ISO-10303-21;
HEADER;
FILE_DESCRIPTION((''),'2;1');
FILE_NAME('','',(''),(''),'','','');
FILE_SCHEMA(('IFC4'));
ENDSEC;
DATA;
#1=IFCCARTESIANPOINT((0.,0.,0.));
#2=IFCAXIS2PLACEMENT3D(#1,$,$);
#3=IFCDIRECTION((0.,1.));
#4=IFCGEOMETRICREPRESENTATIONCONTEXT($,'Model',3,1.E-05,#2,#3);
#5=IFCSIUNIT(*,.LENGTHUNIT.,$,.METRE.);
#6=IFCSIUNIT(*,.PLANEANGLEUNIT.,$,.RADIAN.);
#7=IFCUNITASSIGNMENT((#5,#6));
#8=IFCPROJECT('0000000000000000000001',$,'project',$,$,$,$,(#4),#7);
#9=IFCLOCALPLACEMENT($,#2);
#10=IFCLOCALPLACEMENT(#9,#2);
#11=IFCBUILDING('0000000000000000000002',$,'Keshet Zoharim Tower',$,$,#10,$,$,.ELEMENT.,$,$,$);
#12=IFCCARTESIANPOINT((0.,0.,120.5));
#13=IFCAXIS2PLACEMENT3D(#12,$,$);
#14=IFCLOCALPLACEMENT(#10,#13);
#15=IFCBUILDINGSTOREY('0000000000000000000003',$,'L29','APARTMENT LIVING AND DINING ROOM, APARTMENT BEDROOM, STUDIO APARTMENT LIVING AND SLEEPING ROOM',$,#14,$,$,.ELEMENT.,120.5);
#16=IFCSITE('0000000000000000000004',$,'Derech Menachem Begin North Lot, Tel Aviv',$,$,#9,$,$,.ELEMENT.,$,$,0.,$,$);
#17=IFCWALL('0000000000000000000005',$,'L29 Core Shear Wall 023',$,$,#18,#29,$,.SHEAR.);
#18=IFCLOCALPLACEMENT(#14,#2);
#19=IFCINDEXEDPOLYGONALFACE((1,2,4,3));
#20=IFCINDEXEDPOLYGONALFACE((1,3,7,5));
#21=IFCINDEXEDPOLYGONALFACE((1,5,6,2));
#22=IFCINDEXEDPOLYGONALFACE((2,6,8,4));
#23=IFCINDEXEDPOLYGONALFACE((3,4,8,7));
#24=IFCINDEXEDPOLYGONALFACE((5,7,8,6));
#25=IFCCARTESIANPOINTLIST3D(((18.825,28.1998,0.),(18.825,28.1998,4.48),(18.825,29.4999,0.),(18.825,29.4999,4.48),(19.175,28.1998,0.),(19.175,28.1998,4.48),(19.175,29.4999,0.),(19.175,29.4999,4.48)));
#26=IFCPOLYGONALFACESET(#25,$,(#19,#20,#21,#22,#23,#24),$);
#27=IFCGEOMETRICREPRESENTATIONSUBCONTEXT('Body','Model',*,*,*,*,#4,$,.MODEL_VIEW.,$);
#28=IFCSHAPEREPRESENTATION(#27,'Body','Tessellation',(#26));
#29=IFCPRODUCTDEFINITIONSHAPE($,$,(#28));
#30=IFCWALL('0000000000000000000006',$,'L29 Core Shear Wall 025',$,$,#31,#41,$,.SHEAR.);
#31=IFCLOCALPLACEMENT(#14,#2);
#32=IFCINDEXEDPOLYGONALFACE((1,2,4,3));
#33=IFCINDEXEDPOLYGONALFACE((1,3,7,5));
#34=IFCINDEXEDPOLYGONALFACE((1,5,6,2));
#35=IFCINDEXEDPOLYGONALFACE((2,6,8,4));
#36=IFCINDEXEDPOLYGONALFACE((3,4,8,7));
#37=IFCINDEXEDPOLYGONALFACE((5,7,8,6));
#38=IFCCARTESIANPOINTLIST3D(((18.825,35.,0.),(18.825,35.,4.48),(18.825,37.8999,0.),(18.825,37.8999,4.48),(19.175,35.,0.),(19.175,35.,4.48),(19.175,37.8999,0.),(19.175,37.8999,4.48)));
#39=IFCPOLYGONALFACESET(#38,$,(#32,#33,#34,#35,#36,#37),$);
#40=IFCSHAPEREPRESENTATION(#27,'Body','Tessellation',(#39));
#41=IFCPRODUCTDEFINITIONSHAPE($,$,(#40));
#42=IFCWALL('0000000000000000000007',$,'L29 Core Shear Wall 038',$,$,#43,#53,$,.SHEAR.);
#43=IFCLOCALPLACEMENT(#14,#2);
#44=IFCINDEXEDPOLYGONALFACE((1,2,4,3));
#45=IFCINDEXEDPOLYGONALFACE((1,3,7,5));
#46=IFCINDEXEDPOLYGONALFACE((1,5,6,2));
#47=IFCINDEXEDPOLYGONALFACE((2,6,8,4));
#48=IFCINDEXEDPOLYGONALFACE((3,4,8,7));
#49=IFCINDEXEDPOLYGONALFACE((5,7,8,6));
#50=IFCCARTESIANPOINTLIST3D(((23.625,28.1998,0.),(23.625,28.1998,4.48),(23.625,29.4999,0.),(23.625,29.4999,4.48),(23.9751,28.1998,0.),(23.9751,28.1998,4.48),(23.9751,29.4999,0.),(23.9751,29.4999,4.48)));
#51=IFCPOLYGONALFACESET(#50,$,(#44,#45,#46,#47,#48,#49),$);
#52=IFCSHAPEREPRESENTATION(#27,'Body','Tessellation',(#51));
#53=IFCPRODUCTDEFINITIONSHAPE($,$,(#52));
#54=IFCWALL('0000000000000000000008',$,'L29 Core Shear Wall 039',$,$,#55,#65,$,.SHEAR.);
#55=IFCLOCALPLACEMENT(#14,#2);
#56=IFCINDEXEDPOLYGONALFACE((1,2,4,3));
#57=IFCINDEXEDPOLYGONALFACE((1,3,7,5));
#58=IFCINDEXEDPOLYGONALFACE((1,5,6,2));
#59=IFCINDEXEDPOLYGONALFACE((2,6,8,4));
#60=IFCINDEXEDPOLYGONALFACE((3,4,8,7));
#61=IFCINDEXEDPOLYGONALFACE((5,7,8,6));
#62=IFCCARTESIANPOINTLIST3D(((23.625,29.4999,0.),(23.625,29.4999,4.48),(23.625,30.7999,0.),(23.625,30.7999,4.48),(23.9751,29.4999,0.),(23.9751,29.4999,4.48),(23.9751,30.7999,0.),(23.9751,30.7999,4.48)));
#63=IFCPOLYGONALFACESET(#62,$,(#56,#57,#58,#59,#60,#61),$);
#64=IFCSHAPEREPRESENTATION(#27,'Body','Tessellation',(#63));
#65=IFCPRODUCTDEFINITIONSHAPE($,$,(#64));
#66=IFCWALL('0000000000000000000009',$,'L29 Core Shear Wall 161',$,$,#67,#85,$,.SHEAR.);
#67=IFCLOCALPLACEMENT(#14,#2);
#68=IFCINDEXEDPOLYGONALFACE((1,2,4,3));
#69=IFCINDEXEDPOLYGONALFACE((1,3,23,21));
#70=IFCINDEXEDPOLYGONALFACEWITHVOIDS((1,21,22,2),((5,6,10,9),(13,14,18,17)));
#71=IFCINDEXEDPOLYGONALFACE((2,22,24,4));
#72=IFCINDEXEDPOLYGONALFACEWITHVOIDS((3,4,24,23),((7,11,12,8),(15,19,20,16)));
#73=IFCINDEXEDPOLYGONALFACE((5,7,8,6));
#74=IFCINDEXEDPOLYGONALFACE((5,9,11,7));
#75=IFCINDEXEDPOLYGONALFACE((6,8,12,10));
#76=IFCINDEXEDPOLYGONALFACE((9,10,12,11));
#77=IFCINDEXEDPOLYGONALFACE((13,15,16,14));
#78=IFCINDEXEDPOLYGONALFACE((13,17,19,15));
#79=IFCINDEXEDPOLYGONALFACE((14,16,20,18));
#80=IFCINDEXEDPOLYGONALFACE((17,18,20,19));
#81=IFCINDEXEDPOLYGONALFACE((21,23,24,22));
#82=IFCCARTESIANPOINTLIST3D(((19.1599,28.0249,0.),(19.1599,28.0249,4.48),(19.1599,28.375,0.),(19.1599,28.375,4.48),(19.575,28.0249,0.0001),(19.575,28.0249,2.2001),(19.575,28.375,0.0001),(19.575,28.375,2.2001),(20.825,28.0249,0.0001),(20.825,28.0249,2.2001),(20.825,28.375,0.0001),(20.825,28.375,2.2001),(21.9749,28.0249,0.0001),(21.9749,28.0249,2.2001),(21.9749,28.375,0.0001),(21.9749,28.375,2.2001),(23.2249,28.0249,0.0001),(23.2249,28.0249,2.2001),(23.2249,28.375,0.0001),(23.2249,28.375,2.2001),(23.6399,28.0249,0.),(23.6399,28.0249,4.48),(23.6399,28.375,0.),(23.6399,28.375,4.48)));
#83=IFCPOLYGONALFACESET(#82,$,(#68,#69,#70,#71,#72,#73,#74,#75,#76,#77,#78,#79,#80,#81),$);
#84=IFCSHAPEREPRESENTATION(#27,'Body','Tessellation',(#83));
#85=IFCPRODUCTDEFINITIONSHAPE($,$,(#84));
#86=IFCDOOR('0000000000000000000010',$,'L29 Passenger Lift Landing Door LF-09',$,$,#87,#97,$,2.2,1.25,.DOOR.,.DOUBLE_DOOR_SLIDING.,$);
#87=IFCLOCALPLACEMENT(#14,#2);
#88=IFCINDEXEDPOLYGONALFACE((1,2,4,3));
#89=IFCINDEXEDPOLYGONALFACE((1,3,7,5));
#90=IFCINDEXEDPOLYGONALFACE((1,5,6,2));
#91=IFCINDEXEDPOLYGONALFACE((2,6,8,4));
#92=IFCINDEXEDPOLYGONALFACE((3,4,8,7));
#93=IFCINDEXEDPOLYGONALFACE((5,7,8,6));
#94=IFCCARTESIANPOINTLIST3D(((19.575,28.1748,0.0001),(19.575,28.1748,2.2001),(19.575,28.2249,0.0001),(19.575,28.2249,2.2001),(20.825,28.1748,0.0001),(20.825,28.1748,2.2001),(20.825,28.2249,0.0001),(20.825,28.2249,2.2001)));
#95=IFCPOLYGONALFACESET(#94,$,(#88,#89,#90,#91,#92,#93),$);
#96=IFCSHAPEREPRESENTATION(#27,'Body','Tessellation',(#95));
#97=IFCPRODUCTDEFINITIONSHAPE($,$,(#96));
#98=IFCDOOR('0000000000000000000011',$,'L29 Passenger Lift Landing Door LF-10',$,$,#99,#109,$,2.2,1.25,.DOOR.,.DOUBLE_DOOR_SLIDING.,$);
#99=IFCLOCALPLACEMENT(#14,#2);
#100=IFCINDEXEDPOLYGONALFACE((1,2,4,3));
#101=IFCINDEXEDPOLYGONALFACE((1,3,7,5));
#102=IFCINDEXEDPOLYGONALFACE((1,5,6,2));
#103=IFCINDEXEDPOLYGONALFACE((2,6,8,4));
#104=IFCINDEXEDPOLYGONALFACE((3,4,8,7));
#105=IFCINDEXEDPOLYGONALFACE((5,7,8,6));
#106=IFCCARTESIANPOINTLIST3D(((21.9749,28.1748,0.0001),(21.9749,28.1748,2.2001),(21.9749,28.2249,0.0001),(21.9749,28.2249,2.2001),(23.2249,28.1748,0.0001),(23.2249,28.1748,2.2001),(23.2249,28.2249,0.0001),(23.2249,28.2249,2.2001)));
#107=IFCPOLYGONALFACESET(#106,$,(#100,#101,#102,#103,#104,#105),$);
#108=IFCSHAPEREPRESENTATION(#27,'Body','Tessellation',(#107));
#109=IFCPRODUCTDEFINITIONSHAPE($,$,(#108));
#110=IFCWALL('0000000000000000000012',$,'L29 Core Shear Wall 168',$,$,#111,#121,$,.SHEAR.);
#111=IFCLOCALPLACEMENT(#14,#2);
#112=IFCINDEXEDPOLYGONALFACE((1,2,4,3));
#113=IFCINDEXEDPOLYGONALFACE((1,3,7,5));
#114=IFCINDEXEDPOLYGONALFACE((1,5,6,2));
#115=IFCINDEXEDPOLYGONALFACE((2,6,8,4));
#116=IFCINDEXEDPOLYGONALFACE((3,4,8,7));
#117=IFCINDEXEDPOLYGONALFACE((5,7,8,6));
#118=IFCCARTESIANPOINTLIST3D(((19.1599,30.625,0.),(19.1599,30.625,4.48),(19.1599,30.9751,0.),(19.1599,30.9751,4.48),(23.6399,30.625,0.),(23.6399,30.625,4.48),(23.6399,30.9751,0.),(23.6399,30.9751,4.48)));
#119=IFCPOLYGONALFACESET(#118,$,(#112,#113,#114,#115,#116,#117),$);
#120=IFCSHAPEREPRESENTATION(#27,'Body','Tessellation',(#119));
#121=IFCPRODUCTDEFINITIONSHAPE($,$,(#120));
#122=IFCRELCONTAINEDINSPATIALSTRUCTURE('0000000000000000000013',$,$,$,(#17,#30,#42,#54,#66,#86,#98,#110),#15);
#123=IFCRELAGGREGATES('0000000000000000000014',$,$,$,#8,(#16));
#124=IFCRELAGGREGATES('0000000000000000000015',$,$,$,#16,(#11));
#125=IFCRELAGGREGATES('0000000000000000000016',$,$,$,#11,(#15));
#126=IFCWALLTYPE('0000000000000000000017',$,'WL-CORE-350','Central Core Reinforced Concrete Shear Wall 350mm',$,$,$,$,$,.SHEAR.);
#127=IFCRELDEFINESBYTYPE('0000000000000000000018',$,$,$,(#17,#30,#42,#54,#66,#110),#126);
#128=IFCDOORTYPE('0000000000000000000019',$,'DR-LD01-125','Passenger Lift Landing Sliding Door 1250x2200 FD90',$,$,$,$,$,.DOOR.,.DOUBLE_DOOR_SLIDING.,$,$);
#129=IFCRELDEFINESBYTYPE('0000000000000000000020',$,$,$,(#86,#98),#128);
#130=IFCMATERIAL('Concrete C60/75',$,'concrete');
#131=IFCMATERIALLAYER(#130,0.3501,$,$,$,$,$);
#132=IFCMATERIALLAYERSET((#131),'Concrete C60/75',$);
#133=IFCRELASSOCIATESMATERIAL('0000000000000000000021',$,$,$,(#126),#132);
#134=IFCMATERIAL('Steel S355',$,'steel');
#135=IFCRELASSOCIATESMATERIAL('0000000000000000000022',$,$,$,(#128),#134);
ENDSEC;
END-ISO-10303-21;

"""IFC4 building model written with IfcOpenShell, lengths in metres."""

from ifc_helpers import new_model, si_unit, direction, frame, frame_2d, origin, place, context, subcontext, project, spatial, rectangle, extrude, material, layer, layer_set, type_object, element, fill, save


model = new_model("IFC4")

# Units and contexts
model_context = context("Model", 3, precision=1e-05, world=origin(), true_north=direction((0.0, 1.0)))
body_context = subcontext(model_context, "Body", "Model", "MODEL_VIEW")
ifc_project = project(units=[si_unit("LENGTHUNIT", "METRE"), si_unit("PLANEANGLEUNIT", "RADIAN")], contexts=[model_context])

# Site, building, storey
site_placement = place(None, origin())
site = spatial("IfcSite", under=ifc_project, at=site_placement, Name="Derech Menachem Begin North Lot, Tel Aviv", CompositionType="ELEMENT", RefElevation=0.0)
building_placement = place(site_placement, origin())
building = spatial("IfcBuilding", under=site, at=building_placement, Name="Keshet Zoharim Tower", CompositionType="ELEMENT")
storey_placement = place(building_placement, frame((0.0, 0.0, 120.5)))
storey = spatial("IfcBuildingStorey", under=building, at=storey_placement, Name="L29", Description="APARTMENT LIVING AND DINING ROOM, APARTMENT BEDROOM, STUDIO APARTMENT LIVING AND SLEEPING ROOM", CompositionType="ELEMENT", Elevation=120.5)

# Wall
ifc_material_1 = material(Name="Concrete C60/75", Category="concrete")
ifc_layer_1 = layer(ifc_material_1, 0.3501)
ifc_layer_set_1 = layer_set([ifc_layer_1], Name="Concrete C60/75")
wall_type_1 = type_object("IfcWallType", Name="WL-CORE-350", Description="Central Core Reinforced Concrete Shear Wall 350mm", PredefinedType="SHEAR", material=ifc_layer_set_1)
wall_1_placement = place(storey_placement, frame((19.0, 28.2, 0.0), z_axis=(0.0, 0.0, 1.0), x_axis=(0.0, 1.0, 0.0)))
element("IfcWall", 1, at=wall_1_placement, inside=storey, type_object=wall_type_1, Name="L29 Core Shear Wall 023", PredefinedType="SHEAR", context=body_context, shape_type="SweptSolid", body=[
    extrude(rectangle(XDim=1.3, YDim=0.3501, at=frame_2d((0.6499, 0.0))), origin(), (0.0, 0.0, 1.0), 4.48),
])

# Walls
wall_2_placement = place(storey_placement, frame((19.0, 35.0, 0.0), z_axis=(0.0, 0.0, 1.0), x_axis=(0.0, 1.0, 0.0)))
element("IfcWall", 2, at=wall_2_placement, inside=storey, type_object=wall_type_1, Name="L29 Core Shear Wall 025", PredefinedType="SHEAR", context=body_context, shape_type="SweptSolid", body=[
    extrude(rectangle(XDim=2.8999, YDim=0.3501, at=frame_2d((1.45, 0.0))), origin(), (0.0, 0.0, 1.0), 4.48),
])
for number, where, z_axis, x_axis, name in (
    (3, (23.8, 28.2, 0.0), (0.0, 0.0, 1.0), (0.0, 1.0, 0.0), "L29 Core Shear Wall 038"),
    (4, (23.8, 29.5, 0.0), (0.0, 0.0, 1.0), (0.0, 1.0, 0.0), "L29 Core Shear Wall 039"),
):
    element("IfcWall", number, at=place(storey_placement, frame(where, z_axis=z_axis, x_axis=x_axis)), inside=storey, type_object=wall_type_1, Name=name, PredefinedType="SHEAR", context=body_context, shape_type="SweptSolid", body=[
        extrude(rectangle(XDim=1.3, YDim=0.3501, at=frame_2d((0.6499, 0.0))), origin(), (0.0, 0.0, 1.0), 4.48),
    ])

# Wall, openings, doors
wall_3_placement = place(storey_placement, frame((19.1599, 28.2, 0.0), z_axis=(0.0, 0.0, 1.0), x_axis=(1.0, 0.0, 0.0)))
wall_3 = element("IfcWall", 5, at=wall_3_placement, inside=storey, type_object=wall_type_1, Name="L29 Core Shear Wall 161", PredefinedType="SHEAR", context=body_context, shape_type="SweptSolid", body=[
    extrude(rectangle(XDim=4.48, YDim=0.3501, at=frame_2d((2.24, 0.0))), origin(), (0.0, 0.0, 1.0), 4.48),
])
opening_1_placement = place(wall_3_placement, frame((0.415, 0.0, 0.0)))
opening_1 = element("IfcOpeningElement", 6, at=opening_1_placement, cuts=wall_3, PredefinedType="OPENING", context=body_context, shape_type="SweptSolid", body=[
    extrude(rectangle(XDim=1.25, YDim=2.2, at=frame_2d((0.625, 1.1001))), frame((0.0, 0.1851, 0.0), z_axis=(0.0, -1.0, 0.0), x_axis=(1.0, 0.0, 0.0)), (0.0, 0.0, 1.0), 0.3701),
])
opening_2_placement = place(wall_3_placement, frame((2.8149, 0.0, 0.0)))
opening_2 = element("IfcOpeningElement", 7, at=opening_2_placement, cuts=wall_3, PredefinedType="OPENING", context=body_context, shape_type="SweptSolid", body=[
    extrude(rectangle(XDim=1.25, YDim=2.2, at=frame_2d((0.625, 1.1001))), frame((0.0, 0.1851, 0.0), z_axis=(0.0, -1.0, 0.0), x_axis=(1.0, 0.0, 0.0)), (0.0, 0.0, 1.0), 0.3701),
])
ifc_material_2 = material(Name="Steel S355", Category="steel")
door_type_1 = type_object("IfcDoorType", Name="DR-LD01-125", Description="Passenger Lift Landing Sliding Door 1250x2200 FD90", OperationType="DOUBLE_DOOR_SLIDING", PredefinedType="DOOR", material=ifc_material_2)
door_1_placement = place(opening_1_placement, origin())
door_1 = element("IfcDoor", 8, at=door_1_placement, inside=storey, type_object=door_type_1, Name="L29 Passenger Lift Landing Door LF-09", OperationType="DOUBLE_DOOR_SLIDING", OverallHeight=2.2, OverallWidth=1.25, PredefinedType="DOOR", context=body_context, shape_type="SweptSolid", body=[
    extrude(rectangle(XDim=1.25, YDim=2.2, at=frame_2d((0.625, 1.1001))), frame((0.0, 0.0249, 0.0), z_axis=(0.0, -1.0, 0.0), x_axis=(1.0, 0.0, 0.0)), (0.0, 0.0, 1.0), 0.05),
])
fill(opening_1, door_1)
door_2_placement = place(opening_2_placement, origin())
door_2 = element("IfcDoor", 9, at=door_2_placement, inside=storey, type_object=door_type_1, Name="L29 Passenger Lift Landing Door LF-10", OperationType="DOUBLE_DOOR_SLIDING", OverallHeight=2.2, OverallWidth=1.25, PredefinedType="DOOR", context=body_context, shape_type="SweptSolid", body=[
    extrude(rectangle(XDim=1.25, YDim=2.2, at=frame_2d((0.625, 1.1001))), frame((0.0, 0.0249, 0.0), z_axis=(0.0, -1.0, 0.0), x_axis=(1.0, 0.0, 0.0)), (0.0, 0.0, 1.0), 0.05),
])
fill(opening_2, door_2)

# Wall
wall_4_placement = place(storey_placement, frame((19.1599, 30.8, 0.0), z_axis=(0.0, 0.0, 1.0), x_axis=(1.0, 0.0, 0.0)))
element("IfcWall", 10, at=wall_4_placement, inside=storey, type_object=wall_type_1, Name="L29 Core Shear Wall 168", PredefinedType="SHEAR", context=body_context, shape_type="SweptSolid", body=[
    extrude(rectangle(XDim=4.48, YDim=0.3501, at=frame_2d((2.24, 0.0))), origin(), (0.0, 0.0, 1.0), 4.48),
])

save(model, "model.ifc")
